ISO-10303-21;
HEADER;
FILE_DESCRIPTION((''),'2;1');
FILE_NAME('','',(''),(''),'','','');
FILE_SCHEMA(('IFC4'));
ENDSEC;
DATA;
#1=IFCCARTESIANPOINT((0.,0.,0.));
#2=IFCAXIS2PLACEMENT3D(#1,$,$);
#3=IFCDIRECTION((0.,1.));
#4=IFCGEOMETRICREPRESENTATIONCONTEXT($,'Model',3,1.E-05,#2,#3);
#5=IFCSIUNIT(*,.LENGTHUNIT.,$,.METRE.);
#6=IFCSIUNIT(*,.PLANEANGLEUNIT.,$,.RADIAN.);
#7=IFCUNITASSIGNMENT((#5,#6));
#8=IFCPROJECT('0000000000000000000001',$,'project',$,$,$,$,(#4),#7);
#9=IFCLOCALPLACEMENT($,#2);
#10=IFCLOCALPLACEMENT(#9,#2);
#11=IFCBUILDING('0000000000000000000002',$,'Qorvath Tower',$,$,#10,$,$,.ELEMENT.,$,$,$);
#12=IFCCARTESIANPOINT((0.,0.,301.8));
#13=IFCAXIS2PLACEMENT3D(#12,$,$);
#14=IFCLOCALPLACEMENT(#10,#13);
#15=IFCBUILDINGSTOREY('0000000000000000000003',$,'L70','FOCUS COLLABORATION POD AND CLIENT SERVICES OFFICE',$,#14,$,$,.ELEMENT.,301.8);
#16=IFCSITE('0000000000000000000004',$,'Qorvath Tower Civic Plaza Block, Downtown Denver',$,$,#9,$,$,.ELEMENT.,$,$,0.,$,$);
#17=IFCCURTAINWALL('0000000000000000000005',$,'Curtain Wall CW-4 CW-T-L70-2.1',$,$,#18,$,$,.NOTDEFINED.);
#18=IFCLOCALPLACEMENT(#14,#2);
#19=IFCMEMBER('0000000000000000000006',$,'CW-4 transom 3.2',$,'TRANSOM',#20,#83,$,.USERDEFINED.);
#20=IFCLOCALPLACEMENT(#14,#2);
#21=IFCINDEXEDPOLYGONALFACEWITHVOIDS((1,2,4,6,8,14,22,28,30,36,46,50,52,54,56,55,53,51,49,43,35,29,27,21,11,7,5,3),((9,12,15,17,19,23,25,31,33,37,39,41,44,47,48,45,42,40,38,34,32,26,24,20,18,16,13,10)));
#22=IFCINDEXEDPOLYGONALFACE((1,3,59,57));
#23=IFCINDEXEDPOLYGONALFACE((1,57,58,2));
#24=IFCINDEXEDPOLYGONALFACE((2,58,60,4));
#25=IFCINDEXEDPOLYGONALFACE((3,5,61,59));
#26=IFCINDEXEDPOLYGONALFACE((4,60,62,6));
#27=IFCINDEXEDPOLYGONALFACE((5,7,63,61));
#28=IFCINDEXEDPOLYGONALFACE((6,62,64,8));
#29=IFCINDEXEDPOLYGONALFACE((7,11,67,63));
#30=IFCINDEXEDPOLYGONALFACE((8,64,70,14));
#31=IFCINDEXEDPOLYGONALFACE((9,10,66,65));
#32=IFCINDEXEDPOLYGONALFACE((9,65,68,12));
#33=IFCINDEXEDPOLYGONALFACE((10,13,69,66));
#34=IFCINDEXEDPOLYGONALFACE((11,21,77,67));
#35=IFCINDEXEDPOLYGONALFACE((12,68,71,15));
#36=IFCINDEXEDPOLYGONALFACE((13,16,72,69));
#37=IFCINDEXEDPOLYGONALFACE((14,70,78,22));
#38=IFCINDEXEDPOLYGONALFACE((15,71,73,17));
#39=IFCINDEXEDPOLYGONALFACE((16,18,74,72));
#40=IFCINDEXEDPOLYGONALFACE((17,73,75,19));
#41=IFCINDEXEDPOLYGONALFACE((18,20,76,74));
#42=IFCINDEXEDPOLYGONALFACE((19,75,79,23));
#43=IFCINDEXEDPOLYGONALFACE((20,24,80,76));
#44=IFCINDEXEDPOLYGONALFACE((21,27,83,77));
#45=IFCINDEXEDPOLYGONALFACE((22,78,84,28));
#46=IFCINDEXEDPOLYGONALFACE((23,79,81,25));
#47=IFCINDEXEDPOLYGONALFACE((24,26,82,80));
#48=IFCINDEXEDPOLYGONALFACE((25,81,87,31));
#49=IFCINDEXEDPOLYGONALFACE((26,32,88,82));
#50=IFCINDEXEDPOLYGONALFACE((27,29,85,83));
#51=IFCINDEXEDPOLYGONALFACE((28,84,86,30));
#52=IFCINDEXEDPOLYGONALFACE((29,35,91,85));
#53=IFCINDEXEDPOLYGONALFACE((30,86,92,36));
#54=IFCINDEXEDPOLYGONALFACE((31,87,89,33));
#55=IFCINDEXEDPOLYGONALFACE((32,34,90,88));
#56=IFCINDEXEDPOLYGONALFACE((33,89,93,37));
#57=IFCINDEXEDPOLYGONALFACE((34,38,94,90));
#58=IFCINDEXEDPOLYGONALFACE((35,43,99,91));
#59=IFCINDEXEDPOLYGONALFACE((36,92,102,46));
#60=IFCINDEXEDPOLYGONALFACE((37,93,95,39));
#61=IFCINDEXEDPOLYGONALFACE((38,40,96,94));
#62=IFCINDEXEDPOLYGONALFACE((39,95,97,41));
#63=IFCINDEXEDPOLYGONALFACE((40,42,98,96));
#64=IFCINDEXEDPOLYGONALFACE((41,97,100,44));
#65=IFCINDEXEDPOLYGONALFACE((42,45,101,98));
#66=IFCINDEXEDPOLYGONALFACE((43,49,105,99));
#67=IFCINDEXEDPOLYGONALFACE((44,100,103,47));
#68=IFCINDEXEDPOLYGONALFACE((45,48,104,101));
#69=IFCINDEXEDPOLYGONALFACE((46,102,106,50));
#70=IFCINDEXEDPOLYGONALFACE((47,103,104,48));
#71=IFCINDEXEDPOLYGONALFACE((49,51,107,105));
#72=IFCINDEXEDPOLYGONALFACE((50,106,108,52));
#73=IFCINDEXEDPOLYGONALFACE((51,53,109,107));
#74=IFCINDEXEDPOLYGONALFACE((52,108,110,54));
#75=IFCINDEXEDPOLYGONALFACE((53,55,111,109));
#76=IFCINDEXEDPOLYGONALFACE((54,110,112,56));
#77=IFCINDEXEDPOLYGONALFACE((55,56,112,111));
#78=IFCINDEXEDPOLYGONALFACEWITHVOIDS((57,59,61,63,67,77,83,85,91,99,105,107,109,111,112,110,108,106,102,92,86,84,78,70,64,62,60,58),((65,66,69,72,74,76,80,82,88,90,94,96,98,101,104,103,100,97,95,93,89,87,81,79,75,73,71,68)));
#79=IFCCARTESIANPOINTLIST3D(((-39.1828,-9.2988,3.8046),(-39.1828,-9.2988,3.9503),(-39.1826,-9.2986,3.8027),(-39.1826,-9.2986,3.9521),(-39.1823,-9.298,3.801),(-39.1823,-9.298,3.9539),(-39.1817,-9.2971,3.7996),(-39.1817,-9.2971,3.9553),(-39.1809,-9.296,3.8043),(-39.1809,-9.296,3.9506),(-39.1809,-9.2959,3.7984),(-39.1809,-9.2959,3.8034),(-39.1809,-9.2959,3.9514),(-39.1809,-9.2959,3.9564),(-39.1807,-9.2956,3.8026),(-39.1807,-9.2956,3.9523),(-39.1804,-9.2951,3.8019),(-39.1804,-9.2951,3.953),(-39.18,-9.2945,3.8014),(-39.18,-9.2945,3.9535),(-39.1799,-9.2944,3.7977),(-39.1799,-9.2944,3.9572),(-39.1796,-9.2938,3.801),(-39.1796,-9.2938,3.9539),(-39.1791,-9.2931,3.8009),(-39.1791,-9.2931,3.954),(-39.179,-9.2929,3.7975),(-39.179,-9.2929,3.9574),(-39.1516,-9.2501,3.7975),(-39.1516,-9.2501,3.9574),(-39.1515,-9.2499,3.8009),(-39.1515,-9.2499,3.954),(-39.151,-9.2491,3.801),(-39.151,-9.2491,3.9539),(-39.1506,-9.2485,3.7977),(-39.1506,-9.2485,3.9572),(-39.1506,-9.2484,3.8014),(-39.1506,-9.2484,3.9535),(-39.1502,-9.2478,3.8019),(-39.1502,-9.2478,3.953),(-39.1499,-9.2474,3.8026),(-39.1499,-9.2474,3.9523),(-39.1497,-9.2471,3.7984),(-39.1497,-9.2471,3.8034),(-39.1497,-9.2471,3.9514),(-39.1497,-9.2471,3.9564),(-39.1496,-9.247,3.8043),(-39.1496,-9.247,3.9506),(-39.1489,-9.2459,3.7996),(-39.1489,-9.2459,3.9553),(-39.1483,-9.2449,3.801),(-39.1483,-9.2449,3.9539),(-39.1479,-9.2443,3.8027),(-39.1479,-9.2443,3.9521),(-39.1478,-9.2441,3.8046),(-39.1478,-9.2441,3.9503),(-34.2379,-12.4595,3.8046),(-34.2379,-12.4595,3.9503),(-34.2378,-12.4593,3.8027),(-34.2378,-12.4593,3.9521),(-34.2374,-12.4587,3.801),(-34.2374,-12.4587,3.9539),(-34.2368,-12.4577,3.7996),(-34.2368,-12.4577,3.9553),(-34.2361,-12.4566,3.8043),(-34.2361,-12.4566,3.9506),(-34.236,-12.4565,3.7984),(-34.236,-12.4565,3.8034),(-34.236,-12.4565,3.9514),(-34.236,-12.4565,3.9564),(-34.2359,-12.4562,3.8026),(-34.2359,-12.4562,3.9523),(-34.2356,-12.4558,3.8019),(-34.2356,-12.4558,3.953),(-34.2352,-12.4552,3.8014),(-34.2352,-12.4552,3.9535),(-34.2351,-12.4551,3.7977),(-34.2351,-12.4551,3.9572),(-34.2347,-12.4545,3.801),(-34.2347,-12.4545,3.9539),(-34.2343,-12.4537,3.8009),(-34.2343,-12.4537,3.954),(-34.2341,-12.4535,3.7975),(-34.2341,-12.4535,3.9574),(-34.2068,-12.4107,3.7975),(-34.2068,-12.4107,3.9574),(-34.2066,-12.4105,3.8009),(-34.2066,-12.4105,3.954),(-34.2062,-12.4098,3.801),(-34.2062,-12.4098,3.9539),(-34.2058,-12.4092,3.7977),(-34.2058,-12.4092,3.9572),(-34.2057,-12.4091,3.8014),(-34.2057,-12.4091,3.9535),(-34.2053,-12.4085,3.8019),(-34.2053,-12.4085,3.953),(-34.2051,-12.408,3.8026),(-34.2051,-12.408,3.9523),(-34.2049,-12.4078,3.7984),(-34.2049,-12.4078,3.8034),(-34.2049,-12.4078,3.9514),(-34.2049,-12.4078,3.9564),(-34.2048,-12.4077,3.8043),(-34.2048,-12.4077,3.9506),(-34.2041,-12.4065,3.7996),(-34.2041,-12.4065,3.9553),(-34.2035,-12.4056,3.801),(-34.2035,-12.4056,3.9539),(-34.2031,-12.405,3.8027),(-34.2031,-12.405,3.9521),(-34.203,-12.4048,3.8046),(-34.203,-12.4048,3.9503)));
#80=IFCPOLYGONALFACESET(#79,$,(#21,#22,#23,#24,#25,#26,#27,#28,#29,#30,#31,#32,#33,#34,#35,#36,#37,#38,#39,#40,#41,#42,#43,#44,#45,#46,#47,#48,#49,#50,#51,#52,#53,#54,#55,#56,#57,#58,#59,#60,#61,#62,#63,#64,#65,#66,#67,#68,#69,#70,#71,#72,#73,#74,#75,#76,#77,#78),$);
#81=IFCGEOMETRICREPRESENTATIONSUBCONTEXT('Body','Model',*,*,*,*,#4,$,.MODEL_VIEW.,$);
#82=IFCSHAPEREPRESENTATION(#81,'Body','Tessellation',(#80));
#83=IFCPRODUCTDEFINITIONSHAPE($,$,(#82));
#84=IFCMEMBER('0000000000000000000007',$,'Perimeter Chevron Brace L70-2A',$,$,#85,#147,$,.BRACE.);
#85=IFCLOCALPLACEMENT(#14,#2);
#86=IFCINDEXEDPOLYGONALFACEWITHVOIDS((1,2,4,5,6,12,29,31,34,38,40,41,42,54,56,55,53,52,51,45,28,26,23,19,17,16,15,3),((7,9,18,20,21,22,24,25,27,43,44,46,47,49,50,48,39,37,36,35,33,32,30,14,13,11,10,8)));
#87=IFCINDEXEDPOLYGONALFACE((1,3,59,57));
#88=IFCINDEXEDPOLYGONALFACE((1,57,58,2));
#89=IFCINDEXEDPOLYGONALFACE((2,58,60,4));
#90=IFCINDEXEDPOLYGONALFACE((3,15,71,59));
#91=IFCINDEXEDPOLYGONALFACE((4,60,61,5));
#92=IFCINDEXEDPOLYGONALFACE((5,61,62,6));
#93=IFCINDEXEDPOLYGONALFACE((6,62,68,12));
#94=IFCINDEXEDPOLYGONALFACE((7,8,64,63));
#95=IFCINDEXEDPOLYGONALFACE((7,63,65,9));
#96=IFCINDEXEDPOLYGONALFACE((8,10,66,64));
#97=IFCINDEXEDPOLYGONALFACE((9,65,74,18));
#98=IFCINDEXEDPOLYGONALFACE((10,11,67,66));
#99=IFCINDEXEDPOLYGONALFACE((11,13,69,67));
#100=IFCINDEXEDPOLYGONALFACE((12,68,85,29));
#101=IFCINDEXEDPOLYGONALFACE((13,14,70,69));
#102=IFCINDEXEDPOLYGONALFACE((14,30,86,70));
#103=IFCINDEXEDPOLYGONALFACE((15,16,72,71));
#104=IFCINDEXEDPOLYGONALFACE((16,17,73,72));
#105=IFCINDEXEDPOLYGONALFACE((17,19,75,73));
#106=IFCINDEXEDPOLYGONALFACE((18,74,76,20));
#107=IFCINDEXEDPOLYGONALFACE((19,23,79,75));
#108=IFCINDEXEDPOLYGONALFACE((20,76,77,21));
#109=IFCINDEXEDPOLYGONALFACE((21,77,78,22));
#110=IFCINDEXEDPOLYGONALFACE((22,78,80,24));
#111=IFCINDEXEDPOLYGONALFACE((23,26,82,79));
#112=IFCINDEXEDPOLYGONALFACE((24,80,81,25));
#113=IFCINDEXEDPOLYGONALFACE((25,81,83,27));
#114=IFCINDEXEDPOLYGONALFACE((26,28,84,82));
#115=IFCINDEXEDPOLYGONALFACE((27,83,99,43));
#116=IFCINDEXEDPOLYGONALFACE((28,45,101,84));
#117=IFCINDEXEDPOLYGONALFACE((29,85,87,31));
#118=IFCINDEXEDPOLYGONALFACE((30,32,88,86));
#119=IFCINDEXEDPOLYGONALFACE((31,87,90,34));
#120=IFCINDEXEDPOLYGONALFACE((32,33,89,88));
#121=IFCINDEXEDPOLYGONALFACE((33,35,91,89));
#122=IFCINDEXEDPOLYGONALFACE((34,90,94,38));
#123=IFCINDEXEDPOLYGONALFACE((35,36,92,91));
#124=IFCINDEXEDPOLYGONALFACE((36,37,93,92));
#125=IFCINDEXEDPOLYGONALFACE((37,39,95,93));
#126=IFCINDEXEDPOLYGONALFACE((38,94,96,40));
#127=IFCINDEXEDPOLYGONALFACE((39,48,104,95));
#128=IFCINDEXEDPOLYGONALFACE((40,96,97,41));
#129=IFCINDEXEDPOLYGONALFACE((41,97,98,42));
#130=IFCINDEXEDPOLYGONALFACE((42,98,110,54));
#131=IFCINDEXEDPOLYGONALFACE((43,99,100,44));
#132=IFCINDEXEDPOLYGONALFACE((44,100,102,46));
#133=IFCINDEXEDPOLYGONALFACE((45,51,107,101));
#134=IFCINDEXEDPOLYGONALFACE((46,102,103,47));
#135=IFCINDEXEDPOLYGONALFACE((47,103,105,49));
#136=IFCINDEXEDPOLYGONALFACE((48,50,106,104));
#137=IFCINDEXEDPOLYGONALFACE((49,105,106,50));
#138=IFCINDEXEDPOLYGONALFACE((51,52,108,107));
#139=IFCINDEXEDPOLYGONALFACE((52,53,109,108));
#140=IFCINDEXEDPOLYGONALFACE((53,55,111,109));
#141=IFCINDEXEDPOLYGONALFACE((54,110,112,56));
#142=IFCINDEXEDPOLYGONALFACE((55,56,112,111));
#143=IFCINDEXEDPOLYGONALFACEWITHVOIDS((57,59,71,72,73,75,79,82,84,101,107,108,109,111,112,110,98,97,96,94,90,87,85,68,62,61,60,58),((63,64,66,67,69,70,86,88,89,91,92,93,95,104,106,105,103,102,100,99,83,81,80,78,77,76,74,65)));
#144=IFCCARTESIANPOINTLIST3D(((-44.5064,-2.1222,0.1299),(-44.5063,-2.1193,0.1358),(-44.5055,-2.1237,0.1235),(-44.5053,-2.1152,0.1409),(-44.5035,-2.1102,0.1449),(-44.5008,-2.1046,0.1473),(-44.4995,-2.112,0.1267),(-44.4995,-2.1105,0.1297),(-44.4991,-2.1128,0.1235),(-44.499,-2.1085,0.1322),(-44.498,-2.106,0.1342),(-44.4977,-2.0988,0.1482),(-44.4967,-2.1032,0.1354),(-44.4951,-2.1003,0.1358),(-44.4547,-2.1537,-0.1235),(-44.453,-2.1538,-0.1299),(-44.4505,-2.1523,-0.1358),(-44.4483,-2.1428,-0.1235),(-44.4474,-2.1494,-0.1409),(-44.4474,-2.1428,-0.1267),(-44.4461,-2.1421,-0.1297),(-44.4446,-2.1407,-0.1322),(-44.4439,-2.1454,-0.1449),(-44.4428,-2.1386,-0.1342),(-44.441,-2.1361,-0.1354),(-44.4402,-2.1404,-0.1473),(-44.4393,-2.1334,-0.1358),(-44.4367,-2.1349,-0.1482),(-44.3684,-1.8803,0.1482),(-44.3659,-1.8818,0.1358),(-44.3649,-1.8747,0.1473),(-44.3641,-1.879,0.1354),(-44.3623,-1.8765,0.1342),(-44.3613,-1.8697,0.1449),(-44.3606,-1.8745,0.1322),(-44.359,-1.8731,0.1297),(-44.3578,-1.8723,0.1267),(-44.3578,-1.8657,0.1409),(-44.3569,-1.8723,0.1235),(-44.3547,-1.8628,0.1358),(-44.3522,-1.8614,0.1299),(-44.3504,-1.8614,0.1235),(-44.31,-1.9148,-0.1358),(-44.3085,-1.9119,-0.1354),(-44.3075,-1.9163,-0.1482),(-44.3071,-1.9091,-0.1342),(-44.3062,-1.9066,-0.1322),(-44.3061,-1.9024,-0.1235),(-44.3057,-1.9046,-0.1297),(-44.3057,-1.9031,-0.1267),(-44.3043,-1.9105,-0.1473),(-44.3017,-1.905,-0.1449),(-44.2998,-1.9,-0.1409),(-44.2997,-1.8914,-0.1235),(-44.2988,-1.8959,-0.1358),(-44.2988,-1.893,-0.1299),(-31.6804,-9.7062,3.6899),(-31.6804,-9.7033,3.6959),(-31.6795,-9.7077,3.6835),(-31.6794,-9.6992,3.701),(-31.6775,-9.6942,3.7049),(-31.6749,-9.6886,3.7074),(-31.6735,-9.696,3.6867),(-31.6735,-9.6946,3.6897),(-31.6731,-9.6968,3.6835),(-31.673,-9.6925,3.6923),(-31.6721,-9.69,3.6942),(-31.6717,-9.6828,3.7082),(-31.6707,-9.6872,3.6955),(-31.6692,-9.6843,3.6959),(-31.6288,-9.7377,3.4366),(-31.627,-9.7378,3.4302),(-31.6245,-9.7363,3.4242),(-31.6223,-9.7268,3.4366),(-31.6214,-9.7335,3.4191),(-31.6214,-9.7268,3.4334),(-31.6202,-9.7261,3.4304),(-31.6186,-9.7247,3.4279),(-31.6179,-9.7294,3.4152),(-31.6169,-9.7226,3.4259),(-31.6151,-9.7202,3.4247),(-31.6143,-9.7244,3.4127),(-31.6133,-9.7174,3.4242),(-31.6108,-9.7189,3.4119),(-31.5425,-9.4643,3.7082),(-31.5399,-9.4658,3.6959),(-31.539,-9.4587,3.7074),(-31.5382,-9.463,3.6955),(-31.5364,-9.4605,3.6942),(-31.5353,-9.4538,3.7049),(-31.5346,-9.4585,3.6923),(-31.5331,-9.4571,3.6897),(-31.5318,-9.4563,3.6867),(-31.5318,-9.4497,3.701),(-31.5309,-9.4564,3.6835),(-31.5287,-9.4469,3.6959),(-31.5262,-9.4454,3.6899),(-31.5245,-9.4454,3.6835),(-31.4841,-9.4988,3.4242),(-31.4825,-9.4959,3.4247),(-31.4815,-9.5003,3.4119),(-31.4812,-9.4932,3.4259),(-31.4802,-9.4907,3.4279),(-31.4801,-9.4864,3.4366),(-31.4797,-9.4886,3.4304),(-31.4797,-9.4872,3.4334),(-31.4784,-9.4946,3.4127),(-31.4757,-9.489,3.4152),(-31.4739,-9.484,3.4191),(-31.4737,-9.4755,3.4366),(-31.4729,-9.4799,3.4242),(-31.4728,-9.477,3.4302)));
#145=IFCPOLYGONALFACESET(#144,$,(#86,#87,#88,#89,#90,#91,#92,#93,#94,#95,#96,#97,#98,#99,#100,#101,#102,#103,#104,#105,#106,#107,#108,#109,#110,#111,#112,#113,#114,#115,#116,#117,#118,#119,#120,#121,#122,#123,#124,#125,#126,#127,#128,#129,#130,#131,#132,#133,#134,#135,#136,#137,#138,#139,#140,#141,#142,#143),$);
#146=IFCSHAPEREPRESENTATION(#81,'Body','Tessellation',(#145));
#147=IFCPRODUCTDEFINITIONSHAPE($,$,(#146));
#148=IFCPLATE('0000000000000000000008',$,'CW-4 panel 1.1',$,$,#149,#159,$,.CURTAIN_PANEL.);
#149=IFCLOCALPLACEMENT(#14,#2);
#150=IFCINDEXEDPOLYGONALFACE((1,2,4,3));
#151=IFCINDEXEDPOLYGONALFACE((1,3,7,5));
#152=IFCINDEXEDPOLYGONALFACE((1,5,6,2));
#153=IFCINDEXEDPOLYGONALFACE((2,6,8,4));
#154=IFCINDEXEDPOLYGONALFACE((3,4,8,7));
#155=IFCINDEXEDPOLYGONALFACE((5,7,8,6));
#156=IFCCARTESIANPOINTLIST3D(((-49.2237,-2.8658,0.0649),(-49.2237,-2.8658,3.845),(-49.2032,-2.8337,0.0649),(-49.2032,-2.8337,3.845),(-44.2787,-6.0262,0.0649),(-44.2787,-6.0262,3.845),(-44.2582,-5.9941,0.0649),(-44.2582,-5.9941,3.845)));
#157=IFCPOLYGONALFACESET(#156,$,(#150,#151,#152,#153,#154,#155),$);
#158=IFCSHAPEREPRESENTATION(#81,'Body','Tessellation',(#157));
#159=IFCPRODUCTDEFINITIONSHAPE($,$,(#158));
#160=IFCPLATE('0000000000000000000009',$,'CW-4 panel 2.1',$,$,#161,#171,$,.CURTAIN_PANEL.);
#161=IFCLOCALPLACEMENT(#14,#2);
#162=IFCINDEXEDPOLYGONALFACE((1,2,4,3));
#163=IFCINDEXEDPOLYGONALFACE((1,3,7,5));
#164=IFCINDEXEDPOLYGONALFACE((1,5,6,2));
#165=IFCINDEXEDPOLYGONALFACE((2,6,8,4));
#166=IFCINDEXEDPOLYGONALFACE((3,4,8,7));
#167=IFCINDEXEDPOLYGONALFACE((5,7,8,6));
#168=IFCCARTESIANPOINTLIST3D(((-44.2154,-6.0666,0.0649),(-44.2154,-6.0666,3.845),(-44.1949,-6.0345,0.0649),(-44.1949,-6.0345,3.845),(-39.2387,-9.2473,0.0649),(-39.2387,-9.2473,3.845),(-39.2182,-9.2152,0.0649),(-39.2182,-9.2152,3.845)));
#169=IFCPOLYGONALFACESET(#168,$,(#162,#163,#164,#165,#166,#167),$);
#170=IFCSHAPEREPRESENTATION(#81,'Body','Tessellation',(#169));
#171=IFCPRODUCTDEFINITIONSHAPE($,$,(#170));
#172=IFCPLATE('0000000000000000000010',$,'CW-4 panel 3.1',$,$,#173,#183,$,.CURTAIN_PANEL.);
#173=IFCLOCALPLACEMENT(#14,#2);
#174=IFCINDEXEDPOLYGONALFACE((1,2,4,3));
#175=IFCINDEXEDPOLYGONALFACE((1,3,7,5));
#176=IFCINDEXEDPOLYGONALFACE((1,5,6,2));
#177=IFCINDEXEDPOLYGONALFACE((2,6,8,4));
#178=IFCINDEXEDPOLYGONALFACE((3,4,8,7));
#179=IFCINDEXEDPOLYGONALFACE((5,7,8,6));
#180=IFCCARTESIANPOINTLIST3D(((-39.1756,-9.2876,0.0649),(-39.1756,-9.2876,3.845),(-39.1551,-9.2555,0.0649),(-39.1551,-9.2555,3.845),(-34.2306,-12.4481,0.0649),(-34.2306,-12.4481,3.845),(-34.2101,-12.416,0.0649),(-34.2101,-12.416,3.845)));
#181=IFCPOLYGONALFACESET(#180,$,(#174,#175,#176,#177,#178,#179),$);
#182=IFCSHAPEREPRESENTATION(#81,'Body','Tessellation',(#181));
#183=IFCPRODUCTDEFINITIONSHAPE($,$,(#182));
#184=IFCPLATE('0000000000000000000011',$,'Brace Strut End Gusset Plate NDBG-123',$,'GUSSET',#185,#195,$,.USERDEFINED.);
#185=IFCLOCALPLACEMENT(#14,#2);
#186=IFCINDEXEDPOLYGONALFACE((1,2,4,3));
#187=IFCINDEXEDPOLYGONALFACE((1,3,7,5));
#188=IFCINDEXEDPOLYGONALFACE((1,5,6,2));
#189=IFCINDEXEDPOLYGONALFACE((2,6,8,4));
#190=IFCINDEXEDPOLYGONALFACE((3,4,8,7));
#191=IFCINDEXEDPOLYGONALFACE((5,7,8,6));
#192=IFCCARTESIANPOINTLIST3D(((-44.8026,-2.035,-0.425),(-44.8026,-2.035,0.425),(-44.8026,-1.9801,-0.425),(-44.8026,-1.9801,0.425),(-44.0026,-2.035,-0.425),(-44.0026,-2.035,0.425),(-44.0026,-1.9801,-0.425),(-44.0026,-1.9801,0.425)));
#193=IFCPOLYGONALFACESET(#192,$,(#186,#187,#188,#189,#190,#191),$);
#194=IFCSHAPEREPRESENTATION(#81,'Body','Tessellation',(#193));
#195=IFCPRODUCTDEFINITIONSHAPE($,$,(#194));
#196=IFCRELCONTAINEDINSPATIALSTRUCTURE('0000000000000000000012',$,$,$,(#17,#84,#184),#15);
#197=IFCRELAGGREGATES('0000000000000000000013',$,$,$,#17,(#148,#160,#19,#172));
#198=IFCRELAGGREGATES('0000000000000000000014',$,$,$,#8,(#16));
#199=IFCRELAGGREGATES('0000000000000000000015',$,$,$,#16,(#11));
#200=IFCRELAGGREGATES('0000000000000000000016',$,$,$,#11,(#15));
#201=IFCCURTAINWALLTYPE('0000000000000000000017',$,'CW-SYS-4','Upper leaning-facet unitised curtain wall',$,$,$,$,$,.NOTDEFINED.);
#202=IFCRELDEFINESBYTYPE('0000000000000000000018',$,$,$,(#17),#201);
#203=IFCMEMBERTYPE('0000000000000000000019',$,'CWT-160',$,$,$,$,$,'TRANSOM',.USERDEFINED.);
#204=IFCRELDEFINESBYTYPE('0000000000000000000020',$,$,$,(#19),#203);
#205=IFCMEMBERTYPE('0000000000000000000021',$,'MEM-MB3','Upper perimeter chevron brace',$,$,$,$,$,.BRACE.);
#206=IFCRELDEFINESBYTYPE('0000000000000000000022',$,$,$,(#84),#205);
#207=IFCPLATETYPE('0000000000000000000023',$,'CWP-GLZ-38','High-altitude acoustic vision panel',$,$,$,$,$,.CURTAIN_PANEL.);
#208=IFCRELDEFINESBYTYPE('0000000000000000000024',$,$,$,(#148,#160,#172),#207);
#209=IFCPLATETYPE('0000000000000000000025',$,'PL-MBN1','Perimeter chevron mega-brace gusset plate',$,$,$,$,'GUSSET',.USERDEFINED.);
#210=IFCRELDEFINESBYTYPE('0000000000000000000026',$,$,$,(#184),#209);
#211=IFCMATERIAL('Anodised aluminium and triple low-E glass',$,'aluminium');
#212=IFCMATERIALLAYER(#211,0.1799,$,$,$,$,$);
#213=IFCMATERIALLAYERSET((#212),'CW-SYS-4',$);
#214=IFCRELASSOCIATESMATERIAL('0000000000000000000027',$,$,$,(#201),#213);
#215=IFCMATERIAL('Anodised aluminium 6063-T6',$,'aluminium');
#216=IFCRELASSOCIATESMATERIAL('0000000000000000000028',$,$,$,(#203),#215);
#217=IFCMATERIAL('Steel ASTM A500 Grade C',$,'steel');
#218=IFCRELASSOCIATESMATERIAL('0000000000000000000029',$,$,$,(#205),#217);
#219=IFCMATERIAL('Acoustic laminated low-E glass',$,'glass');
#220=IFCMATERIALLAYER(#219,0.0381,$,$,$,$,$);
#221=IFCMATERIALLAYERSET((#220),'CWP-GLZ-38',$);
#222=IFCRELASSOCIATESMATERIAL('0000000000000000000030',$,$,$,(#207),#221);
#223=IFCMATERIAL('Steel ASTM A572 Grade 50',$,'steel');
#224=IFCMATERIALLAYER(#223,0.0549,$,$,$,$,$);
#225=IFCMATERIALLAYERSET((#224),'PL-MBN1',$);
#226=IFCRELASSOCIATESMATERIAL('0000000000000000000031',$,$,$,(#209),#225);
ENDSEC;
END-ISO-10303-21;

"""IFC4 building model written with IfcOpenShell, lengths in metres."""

from ifc_helpers import new_model, si_unit, direction, frame, origin, origin_2d, place, context, subcontext, project, spatial, rectangle, hollow_rectangle, extrude, material, layer, layer_set, material_profile, profile_set, type_object, element, aggregate, save


model = new_model("IFC4")

# Units and contexts
model_context = context("Model", 3, precision=1e-05, world=origin(), true_north=direction((0.0, 1.0)))
body_context = subcontext(model_context, "Body", "Model", "MODEL_VIEW")
ifc_project = project(units=[si_unit("LENGTHUNIT", "METRE"), si_unit("PLANEANGLEUNIT", "RADIAN")], contexts=[model_context])

# Site, building, storey
site_placement = place(None, origin())
site = spatial("IfcSite", under=ifc_project, at=site_placement, Name="Qorvath Tower Civic Plaza Block, Downtown Denver", CompositionType="ELEMENT", RefElevation=0.0)
building_placement = place(site_placement, origin())
building = spatial("IfcBuilding", under=site, at=building_placement, Name="Qorvath Tower", CompositionType="ELEMENT")
storey_placement = place(building_placement, frame((0.0, 0.0, 301.8)))
storey = spatial("IfcBuildingStorey", under=building, at=storey_placement, Name="L70", Description="FOCUS COLLABORATION POD AND CLIENT SERVICES OFFICE", CompositionType="ELEMENT", Elevation=301.8)

# Curtain wall, member
ifc_material_1 = material(Name="Anodised aluminium and triple low-E glass", Category="aluminium")
ifc_layer_1 = layer(ifc_material_1, 0.1799)
ifc_layer_set_1 = layer_set([ifc_layer_1], Name="CW-SYS-4")
curtain_wall_type = type_object("IfcCurtainWallType", Name="CW-SYS-4", Description="Upper leaning-facet unitised curtain wall", PredefinedType="NOTDEFINED", material=ifc_layer_set_1)
curtain_wall_placement = place(storey_placement, origin())
curtain_wall = element("IfcCurtainWall", 1, at=curtain_wall_placement, inside=storey, type_object=curtain_wall_type, Name="Curtain Wall CW-4 CW-T-L70-2.1", PredefinedType="NOTDEFINED")
ifc_material_2 = material(Name="Anodised aluminium 6063-T6", Category="aluminium")
ifc_material_profile_1 = material_profile(ifc_material_2, hollow_rectangle(XDim=0.0649, YDim=0.1599, WallThickness=0.0034, InnerFilletRadius=0.0034, OuterFilletRadius=0.0071, at=origin_2d()), Name="CWT 160x65")
ifc_profile_set_1 = profile_set([ifc_material_profile_1], Name="Anodised aluminium 6063-T6")
member_type_1 = type_object("IfcMemberType", Name="CWT-160", ElementType="TRANSOM", PredefinedType="USERDEFINED", material=ifc_profile_set_1)
member_1_placement = place(storey_placement, frame((-39.1653, -9.2715, 3.8774), z_axis=(0.842584, -0.538565, 0.0), x_axis=(0.538565, 0.842584, 0.0)))
member_1 = element("IfcMember", 2, at=member_1_placement, type_object=member_type_1, Name="CW-4 transom 3.2", ObjectType="TRANSOM", PredefinedType="USERDEFINED", context=body_context, shape_type="SweptSolid", body=[
    extrude(hollow_rectangle(XDim=0.0649, YDim=0.1599, WallThickness=0.0034, InnerFilletRadius=0.0034, OuterFilletRadius=0.0071, at=origin_2d()), origin(), (0.0, 0.0, 1.0), 5.8687),
])

# Member
ifc_material_3 = material(Name="Steel ASTM A500 Grade C", Category="steel")
ifc_material_profile_2 = material_profile(ifc_material_3, hollow_rectangle(XDim=0.3047, YDim=0.3047, WallThickness=0.0127, InnerFilletRadius=0.0127, OuterFilletRadius=0.0254, at=origin_2d()), Name="HSS 305x305x12.7")
ifc_profile_set_2 = profile_set([ifc_material_profile_2], Name="Steel ASTM A500 Grade C")
member_type_2 = type_object("IfcMemberType", Name="MEM-MB3", Description="Upper perimeter chevron brace", PredefinedType="BRACE", material=ifc_profile_set_2)
member_2_placement = place(storey_placement, frame((-44.4026, -2.0076, 0.0), z_axis=(0.837214, -0.495046, 0.232383), x_axis=(0.508979, 0.860779, 0.0)))
element("IfcMember", 3, at=member_2_placement, inside=storey, type_object=member_type_2, Name="Perimeter Chevron Brace L70-2A", PredefinedType="BRACE", context=body_context, shape_type="SweptSolid", body=[
    extrude(hollow_rectangle(XDim=0.3047, YDim=0.3047, WallThickness=0.0127, InnerFilletRadius=0.0127, OuterFilletRadius=0.0254, at=origin_2d()), origin(), (0.0, 0.0, 1.0), 15.3198),
])

# Plates
ifc_material_4 = material(Name="Acoustic laminated low-E glass", Category="glass")
ifc_layer_2 = layer(ifc_material_4, 0.0381)
ifc_layer_set_2 = layer_set([ifc_layer_2], Name="CWP-GLZ-38")
plate_type_1 = type_object("IfcPlateType", Name="CWP-GLZ-38", Description="High-altitude acoustic vision panel", PredefinedType="CURTAIN_PANEL", material=ifc_layer_set_2)
plate_1_placement = place(storey_placement, frame((-46.741, -4.4299, 0.0649), z_axis=(0.0, 0.0, 1.0), x_axis=(0.842608, -0.538527, 0.0)))
plate_1 = element("IfcPlate", 4, at=plate_1_placement, type_object=plate_type_1, Name="CW-4 panel 1.1", PredefinedType="CURTAIN_PANEL", context=body_context, shape_type="SweptSolid", body=[
    extrude(rectangle(XDim=5.8687, YDim=0.0381, at=origin_2d()), origin(), (0.0, 0.0, 1.0), 3.78),
])
plate_2_placement = place(storey_placement, frame((-41.7168, -7.6409, 0.0649), z_axis=(0.0, 0.0, 1.0), x_axis=(0.842608, -0.538527, 0.0)))
plate_2 = element("IfcPlate", 5, at=plate_2_placement, type_object=plate_type_1, Name="CW-4 panel 2.1", PredefinedType="CURTAIN_PANEL", context=body_context, shape_type="SweptSolid", body=[
    extrude(rectangle(XDim=5.9062, YDim=0.0381, at=origin_2d()), origin(), (0.0, 0.0, 1.0), 3.78),
])
plate_3_placement = place(storey_placement, frame((-36.6929, -10.8518, 0.0649), z_axis=(0.0, 0.0, 1.0), x_axis=(0.842608, -0.538527, 0.0)))
plate_3 = element("IfcPlate", 6, at=plate_3_placement, type_object=plate_type_1, Name="CW-4 panel 3.1", PredefinedType="CURTAIN_PANEL", context=body_context, shape_type="SweptSolid", body=[
    extrude(rectangle(XDim=5.8687, YDim=0.0381, at=origin_2d()), origin(), (0.0, 0.0, 1.0), 3.78),
])
aggregate(curtain_wall, [plate_1, plate_2, member_1, plate_3])
ifc_material_5 = material(Name="Steel ASTM A572 Grade 50", Category="steel")
ifc_layer_3 = layer(ifc_material_5, 0.0549)
ifc_layer_set_3 = layer_set([ifc_layer_3], Name="PL-MBN1")
plate_type_2 = type_object("IfcPlateType", Name="PL-MBN1", Description="Perimeter chevron mega-brace gusset plate", ElementType="GUSSET", PredefinedType="USERDEFINED", material=ifc_layer_set_3)
plate_4_placement = place(storey_placement, frame((-44.4026, -2.0076, -0.425), z_axis=(0.0, 0.0, 1.0), x_axis=(1.0, 0.0, 0.0)))
element("IfcPlate", 7, at=plate_4_placement, inside=storey, type_object=plate_type_2, Name="Brace Strut End Gusset Plate NDBG-123", ObjectType="GUSSET", PredefinedType="USERDEFINED", context=body_context, shape_type="SweptSolid", body=[
    extrude(rectangle(XDim=0.8, YDim=0.0549, at=origin_2d()), origin(), (0.0, 0.0, 1.0), 0.8501),
])

save(model, "model.ifc")
